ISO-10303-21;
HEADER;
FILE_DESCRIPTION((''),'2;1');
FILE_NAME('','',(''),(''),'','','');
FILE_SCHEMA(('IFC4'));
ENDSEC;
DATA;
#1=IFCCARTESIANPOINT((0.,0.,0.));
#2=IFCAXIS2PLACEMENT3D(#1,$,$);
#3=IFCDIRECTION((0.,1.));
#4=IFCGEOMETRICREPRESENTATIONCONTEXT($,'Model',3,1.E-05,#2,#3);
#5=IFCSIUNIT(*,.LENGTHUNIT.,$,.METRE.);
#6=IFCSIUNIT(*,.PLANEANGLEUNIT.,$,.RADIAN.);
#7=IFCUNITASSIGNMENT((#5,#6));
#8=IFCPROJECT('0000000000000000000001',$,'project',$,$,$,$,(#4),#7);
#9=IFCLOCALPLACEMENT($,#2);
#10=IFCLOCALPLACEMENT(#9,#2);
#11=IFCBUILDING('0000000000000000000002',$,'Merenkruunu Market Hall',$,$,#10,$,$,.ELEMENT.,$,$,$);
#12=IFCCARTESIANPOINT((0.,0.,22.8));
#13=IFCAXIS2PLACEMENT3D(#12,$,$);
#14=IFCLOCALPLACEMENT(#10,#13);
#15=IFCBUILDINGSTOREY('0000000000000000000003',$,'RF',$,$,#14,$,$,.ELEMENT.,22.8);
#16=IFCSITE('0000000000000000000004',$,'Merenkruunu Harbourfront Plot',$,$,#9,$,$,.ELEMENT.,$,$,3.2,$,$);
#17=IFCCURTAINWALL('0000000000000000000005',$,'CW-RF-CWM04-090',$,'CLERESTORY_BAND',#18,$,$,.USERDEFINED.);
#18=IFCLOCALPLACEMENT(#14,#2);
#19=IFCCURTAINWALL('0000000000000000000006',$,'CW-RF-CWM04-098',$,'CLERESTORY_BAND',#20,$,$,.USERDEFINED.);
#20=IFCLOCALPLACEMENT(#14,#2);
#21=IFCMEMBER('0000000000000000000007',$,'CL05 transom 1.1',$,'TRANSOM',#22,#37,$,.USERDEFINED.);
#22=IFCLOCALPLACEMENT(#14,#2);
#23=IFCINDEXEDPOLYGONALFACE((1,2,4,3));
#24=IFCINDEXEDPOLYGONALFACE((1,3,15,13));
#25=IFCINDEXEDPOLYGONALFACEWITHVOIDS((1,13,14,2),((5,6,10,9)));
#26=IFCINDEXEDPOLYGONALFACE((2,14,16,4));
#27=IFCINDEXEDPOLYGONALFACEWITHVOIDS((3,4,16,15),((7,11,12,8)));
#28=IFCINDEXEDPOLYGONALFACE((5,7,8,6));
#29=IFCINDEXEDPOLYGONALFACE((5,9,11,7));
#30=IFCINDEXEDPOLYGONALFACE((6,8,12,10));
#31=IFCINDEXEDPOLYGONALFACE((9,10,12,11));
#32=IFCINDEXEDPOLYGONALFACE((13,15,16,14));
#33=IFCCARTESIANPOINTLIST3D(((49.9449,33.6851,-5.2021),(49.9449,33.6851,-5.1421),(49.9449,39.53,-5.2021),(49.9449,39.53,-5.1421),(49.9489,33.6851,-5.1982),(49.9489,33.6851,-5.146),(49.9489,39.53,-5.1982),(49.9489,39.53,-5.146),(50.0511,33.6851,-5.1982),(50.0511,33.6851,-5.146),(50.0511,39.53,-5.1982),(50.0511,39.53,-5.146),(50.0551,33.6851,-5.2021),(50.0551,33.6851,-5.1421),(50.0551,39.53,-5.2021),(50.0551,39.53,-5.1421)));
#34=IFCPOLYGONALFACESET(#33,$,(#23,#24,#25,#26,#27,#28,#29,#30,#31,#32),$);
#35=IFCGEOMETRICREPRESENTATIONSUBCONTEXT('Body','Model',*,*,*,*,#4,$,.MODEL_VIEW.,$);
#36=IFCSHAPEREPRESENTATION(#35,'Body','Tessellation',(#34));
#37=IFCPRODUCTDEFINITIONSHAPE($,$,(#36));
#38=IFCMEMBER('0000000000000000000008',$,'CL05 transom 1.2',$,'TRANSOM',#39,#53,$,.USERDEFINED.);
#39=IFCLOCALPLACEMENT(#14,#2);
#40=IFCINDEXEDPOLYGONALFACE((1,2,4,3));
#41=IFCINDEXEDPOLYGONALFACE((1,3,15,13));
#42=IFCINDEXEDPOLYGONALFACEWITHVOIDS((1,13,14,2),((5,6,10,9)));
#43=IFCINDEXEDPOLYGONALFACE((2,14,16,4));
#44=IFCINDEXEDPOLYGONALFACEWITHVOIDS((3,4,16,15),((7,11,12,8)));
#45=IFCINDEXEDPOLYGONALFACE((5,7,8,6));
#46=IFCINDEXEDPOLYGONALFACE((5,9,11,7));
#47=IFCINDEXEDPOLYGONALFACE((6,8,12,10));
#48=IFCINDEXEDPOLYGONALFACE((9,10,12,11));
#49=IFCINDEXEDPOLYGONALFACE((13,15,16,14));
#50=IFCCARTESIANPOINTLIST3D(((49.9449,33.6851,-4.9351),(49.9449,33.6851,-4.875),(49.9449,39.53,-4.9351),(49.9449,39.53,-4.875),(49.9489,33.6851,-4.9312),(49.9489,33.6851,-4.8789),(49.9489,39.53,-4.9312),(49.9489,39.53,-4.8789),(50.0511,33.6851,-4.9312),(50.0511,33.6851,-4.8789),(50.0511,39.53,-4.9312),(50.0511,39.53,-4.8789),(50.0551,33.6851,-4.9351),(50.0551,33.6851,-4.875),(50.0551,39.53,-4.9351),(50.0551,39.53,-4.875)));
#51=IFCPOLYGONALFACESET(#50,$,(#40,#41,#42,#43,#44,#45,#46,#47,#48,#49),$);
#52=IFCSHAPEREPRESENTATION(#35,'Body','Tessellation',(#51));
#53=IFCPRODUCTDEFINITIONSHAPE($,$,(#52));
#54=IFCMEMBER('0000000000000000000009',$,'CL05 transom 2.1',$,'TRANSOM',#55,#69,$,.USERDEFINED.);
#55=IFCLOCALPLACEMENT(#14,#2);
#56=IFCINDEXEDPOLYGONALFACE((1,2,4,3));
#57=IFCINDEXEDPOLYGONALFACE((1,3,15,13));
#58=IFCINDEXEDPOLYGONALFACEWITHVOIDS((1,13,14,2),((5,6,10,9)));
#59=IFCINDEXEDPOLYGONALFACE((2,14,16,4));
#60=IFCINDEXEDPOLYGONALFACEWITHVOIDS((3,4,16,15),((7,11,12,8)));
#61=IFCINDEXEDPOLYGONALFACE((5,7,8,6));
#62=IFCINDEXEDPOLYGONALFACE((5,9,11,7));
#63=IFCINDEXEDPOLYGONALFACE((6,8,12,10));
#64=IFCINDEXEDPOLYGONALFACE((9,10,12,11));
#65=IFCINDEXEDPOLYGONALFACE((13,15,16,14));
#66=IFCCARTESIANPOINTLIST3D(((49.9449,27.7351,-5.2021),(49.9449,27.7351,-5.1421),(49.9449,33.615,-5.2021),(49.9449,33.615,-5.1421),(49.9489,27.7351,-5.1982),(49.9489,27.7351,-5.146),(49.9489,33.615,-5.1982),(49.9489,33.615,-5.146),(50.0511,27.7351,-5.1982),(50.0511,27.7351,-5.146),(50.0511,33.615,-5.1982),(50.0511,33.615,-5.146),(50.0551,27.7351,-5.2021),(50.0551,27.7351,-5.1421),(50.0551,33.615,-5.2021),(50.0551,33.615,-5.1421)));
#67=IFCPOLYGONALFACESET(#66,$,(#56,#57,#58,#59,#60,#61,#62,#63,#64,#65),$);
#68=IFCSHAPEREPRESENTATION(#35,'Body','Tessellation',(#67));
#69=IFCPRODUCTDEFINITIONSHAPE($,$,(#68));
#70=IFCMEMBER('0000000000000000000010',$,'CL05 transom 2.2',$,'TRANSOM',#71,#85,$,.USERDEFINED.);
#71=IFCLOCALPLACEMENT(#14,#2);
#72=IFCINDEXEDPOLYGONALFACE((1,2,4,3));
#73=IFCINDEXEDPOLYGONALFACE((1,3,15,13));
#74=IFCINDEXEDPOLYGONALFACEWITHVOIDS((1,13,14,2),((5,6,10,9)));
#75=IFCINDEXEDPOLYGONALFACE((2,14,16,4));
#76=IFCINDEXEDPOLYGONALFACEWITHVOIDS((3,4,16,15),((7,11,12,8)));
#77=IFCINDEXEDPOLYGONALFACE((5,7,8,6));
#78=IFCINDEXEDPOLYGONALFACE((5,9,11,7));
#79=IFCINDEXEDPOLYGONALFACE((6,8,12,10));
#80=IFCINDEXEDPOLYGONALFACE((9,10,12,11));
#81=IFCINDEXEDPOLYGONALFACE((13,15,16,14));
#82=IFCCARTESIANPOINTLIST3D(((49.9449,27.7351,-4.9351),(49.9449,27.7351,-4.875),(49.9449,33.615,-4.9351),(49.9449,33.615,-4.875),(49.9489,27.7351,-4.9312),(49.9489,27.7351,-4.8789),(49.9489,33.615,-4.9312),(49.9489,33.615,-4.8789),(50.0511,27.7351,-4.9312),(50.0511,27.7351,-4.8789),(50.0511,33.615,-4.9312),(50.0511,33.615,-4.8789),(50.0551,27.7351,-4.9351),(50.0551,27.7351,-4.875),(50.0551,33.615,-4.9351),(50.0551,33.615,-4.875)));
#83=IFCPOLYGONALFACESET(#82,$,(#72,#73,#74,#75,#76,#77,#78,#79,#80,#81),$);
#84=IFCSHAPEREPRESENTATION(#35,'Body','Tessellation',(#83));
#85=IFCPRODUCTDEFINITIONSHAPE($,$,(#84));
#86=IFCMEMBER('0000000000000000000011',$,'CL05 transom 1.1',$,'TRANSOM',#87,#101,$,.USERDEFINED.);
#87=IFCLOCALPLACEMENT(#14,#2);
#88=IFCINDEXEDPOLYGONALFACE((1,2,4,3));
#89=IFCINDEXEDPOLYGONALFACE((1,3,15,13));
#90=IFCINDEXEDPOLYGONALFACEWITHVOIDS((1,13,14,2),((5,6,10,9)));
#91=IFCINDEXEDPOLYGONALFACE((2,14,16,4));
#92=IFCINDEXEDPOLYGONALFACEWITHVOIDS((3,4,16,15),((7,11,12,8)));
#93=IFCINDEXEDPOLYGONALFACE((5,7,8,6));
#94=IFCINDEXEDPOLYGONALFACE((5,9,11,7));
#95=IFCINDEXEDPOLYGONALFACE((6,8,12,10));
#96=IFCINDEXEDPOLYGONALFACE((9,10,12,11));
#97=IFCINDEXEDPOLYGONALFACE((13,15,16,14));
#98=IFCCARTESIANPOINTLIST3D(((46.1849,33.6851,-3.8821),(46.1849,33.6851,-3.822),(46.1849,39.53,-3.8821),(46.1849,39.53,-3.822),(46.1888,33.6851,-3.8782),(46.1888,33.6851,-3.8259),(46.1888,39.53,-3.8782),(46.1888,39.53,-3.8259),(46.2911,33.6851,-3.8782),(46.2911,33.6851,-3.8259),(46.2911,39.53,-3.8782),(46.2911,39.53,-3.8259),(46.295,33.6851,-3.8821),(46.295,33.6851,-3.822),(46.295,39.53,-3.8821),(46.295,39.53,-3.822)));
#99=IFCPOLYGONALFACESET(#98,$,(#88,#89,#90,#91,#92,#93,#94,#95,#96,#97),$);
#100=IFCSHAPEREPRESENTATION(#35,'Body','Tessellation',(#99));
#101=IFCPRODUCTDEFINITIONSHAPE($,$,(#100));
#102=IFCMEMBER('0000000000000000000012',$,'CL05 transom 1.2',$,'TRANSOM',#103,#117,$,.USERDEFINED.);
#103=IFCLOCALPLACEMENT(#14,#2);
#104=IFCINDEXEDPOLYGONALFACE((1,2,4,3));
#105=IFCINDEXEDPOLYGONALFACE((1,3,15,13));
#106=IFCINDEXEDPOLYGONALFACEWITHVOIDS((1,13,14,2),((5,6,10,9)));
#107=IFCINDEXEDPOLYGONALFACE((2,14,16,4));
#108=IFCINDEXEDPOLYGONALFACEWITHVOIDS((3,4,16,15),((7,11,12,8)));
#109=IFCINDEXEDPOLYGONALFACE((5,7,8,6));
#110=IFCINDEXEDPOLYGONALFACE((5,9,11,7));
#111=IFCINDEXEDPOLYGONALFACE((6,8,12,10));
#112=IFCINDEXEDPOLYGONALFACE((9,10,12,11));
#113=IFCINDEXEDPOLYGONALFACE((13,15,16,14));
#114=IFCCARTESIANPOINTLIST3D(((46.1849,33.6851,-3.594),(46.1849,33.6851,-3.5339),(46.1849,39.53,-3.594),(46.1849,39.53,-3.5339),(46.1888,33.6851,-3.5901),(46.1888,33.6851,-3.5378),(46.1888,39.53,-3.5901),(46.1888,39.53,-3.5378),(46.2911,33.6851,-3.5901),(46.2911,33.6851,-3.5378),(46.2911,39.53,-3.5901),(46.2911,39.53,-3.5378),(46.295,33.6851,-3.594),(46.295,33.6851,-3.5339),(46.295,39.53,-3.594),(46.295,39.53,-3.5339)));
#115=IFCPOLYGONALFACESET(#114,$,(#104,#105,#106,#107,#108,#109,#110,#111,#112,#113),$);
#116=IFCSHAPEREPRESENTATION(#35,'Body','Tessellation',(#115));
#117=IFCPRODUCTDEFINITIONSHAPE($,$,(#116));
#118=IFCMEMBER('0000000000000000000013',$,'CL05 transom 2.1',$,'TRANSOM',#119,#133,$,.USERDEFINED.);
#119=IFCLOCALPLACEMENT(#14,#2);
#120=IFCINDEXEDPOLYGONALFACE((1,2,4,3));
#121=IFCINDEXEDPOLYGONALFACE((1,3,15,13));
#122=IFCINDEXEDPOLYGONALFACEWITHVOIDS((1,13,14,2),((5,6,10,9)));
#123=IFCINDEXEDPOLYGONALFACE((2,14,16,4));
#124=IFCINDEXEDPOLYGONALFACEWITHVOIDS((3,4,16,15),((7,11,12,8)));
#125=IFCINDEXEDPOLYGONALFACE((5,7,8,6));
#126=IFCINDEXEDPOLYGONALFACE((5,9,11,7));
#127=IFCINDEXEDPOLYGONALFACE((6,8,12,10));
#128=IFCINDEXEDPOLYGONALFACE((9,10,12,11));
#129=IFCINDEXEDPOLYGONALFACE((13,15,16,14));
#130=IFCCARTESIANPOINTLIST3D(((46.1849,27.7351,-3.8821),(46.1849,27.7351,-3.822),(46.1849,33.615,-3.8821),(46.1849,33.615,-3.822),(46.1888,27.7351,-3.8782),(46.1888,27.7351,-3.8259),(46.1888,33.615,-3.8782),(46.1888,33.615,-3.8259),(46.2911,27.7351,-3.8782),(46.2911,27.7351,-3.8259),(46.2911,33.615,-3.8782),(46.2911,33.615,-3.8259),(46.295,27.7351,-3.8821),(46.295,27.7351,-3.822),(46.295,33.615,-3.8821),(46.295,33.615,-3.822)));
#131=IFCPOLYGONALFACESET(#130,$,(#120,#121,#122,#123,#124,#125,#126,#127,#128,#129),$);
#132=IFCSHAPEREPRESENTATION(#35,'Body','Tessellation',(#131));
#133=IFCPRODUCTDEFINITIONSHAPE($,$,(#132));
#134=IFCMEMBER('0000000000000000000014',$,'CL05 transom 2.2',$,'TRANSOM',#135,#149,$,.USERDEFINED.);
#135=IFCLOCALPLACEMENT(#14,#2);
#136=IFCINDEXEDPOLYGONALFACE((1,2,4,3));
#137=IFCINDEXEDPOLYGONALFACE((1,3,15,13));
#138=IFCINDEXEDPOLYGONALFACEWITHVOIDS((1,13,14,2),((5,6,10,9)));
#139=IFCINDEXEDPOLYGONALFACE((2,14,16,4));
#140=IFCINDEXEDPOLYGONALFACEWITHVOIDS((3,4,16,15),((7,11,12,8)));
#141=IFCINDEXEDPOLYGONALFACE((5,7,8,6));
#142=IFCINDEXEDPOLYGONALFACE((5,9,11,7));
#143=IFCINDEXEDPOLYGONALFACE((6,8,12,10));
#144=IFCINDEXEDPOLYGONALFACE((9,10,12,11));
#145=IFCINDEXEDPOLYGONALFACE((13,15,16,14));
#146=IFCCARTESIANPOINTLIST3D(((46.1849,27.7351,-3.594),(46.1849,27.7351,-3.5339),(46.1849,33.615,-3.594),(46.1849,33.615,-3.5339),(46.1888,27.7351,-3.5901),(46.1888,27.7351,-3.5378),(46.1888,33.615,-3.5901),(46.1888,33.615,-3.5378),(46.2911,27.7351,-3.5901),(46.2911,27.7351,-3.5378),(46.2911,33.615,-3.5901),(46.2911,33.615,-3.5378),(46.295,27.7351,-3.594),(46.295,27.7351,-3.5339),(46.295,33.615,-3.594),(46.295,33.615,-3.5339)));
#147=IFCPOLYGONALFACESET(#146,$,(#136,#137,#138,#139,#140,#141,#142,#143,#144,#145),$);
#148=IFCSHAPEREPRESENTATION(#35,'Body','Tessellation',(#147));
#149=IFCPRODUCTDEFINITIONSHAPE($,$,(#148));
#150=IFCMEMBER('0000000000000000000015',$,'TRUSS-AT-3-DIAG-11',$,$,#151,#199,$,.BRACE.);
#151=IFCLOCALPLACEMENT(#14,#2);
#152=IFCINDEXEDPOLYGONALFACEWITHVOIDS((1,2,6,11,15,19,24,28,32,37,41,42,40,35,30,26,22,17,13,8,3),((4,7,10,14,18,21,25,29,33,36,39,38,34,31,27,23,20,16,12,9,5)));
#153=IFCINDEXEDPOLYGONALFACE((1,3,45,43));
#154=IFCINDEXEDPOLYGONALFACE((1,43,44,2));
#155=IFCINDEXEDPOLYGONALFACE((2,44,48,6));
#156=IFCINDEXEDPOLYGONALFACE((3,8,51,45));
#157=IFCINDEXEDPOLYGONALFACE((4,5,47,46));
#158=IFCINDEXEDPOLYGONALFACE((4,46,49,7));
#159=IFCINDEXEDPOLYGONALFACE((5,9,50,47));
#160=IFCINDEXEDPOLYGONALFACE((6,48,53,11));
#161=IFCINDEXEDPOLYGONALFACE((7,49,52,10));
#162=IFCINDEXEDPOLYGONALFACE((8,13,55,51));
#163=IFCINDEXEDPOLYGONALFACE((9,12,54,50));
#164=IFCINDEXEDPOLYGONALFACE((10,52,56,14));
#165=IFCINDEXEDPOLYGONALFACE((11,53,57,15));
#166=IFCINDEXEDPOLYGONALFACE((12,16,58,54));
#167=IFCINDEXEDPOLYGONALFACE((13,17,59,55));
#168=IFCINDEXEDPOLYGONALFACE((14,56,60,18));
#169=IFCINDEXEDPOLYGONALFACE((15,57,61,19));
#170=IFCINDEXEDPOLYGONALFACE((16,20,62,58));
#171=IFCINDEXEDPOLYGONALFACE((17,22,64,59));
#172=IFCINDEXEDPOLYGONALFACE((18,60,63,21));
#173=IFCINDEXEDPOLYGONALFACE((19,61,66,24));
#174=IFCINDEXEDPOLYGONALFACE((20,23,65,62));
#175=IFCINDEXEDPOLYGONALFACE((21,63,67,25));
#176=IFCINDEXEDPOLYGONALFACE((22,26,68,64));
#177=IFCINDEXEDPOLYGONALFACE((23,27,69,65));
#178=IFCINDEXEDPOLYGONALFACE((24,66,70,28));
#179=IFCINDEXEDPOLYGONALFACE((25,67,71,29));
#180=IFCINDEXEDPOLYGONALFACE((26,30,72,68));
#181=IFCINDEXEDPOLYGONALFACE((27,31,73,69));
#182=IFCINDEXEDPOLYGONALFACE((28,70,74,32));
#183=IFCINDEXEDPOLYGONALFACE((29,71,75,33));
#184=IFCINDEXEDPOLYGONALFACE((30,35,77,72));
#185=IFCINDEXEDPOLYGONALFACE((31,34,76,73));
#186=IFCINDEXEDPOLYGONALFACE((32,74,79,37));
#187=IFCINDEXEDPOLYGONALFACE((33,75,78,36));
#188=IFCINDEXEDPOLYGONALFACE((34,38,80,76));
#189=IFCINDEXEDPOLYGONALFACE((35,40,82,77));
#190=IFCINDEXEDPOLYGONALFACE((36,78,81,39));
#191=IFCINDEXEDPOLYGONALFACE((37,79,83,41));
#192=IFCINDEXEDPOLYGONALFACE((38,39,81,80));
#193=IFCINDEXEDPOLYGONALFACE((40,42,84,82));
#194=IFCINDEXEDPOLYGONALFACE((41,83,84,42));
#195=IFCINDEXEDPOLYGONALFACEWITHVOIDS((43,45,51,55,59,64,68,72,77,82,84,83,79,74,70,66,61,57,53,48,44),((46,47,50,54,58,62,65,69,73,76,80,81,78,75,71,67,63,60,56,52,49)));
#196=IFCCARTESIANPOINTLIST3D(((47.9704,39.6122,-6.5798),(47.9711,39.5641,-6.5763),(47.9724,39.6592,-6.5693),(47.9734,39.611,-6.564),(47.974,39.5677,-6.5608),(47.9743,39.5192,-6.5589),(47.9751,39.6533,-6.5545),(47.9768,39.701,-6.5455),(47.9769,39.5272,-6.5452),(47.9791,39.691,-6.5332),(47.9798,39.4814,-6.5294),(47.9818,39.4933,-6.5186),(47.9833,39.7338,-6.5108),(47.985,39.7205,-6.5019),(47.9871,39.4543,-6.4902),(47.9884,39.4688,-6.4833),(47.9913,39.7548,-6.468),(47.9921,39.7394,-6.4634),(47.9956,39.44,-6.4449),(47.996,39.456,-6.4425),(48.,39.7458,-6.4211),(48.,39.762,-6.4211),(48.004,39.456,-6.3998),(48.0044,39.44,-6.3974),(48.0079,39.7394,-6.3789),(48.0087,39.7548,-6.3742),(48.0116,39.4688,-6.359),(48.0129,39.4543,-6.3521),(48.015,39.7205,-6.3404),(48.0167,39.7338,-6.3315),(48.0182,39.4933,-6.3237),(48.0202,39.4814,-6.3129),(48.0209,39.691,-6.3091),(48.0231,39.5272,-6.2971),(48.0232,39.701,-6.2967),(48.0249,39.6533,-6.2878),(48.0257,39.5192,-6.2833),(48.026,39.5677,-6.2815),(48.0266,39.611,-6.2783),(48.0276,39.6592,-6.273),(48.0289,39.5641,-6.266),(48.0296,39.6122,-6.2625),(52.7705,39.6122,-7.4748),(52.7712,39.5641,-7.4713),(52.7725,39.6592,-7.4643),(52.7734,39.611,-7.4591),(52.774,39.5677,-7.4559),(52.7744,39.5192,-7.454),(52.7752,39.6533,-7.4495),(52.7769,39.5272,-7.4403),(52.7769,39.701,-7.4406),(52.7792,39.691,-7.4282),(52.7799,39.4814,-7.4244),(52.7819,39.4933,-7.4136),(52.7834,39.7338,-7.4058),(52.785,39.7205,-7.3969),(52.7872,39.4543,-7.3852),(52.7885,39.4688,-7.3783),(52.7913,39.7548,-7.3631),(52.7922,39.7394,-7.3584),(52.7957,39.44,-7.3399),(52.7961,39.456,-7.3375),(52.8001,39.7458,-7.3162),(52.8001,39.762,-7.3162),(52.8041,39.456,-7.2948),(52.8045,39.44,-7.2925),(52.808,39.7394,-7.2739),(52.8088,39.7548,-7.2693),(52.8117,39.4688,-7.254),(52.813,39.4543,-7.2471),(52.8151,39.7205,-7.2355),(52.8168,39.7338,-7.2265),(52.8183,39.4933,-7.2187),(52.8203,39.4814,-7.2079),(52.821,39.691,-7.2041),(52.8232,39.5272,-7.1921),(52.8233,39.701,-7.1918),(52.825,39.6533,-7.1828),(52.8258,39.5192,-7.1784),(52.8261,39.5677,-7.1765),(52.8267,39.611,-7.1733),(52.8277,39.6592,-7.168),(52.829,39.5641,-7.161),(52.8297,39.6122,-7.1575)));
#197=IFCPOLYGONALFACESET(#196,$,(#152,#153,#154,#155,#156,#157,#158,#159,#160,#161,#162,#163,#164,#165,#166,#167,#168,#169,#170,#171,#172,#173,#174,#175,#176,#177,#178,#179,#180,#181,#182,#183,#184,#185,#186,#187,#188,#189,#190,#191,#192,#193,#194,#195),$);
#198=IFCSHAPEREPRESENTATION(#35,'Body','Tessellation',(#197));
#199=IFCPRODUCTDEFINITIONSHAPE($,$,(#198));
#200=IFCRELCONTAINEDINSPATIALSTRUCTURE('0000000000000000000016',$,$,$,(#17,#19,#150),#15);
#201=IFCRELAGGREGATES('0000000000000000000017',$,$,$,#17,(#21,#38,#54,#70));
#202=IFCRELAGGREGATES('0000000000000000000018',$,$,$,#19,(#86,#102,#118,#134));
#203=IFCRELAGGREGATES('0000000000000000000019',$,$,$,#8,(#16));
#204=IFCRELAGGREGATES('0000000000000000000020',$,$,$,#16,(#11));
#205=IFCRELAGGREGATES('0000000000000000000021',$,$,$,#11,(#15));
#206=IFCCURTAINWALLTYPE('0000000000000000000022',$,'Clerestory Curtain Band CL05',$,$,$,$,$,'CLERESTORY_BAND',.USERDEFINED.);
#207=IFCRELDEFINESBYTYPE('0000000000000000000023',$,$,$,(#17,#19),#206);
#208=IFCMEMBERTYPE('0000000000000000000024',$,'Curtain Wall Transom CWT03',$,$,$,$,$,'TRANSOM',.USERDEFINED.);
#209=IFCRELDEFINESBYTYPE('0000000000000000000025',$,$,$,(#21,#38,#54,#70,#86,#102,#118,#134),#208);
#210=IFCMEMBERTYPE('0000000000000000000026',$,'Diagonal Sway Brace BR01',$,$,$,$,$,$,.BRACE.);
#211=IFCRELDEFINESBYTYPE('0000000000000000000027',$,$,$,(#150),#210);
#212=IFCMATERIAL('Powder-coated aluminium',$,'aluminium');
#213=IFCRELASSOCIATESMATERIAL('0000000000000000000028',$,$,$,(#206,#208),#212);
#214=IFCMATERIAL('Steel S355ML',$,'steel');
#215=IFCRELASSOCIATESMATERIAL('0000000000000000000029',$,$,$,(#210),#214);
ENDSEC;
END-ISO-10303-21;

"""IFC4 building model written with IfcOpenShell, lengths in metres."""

from ifc_helpers import new_model, si_unit, direction, frame, origin, origin_2d, place, context, subcontext, project, spatial, hollow_rectangle, hollow_circle, extrude, material, material_profile, profile_set, type_object, element, aggregate, save


model = new_model("IFC4")

# Units and contexts
model_context = context("Model", 3, precision=1e-05, world=origin(), true_north=direction((0.0, 1.0)))
body_context = subcontext(model_context, "Body", "Model", "MODEL_VIEW")
ifc_project = project(units=[si_unit("LENGTHUNIT", "METRE"), si_unit("PLANEANGLEUNIT", "RADIAN")], contexts=[model_context])

# Site, building, storey
site_placement = place(None, origin())
site = spatial("IfcSite", under=ifc_project, at=site_placement, Name="Merenkruunu Harbourfront Plot", CompositionType="ELEMENT", RefElevation=3.2)
building_placement = place(site_placement, origin())
building = spatial("IfcBuilding", under=site, at=building_placement, Name="Merenkruunu Market Hall", CompositionType="ELEMENT")
storey_placement = place(building_placement, frame((0.0, 0.0, 22.8)))
storey = spatial("IfcBuildingStorey", under=building, at=storey_placement, Name="RF", CompositionType="ELEMENT", Elevation=22.8)

# Shared definitions
ifc_material_1 = material(Name="Steel S355ML", Category="steel")

# Curtain walls
ifc_material_2 = material(Name="Powder-coated aluminium", Category="aluminium")
curtain_wall_type = type_object("IfcCurtainWallType", Name="Clerestory Curtain Band CL05", ElementType="CLERESTORY_BAND", PredefinedType="USERDEFINED", material=ifc_material_2)
curtain_wall_1_placement = place(storey_placement, origin())
curtain_wall_1 = element("IfcCurtainWall", 1, at=curtain_wall_1_placement, inside=storey, type_object=curtain_wall_type, Name="CW-RF-CWM04-090", ObjectType="CLERESTORY_BAND", PredefinedType="USERDEFINED")
curtain_wall_2_placement = place(storey_placement, origin())
curtain_wall_2 = element("IfcCurtainWall", 2, at=curtain_wall_2_placement, inside=storey, type_object=curtain_wall_type, Name="CW-RF-CWM04-098", ObjectType="CLERESTORY_BAND", PredefinedType="USERDEFINED")

# Members
ifc_material_profile_1 = material_profile(ifc_material_2, hollow_rectangle(XDim=0.0601, YDim=0.1101, WallThickness=0.0039, at=origin_2d()), Name="ALU 60x110x4")
ifc_profile_set_1 = profile_set([ifc_material_profile_1], Name="Powder-coated aluminium")
member_type_1 = type_object("IfcMemberType", Name="Curtain Wall Transom CWT03", ElementType="TRANSOM", PredefinedType="USERDEFINED", material=ifc_profile_set_1)
member_1_placement = place(storey_placement, frame((50.0, 39.53, -5.1721), z_axis=(0.0, -1.0, 0.0), x_axis=(0.0, 0.0, 1.0)))
member_1 = element("IfcMember", 3, at=member_1_placement, type_object=member_type_1, Name="CL05 transom 1.1", ObjectType="TRANSOM", PredefinedType="USERDEFINED", context=body_context, shape_type="SweptSolid", body=[
    extrude(hollow_rectangle(XDim=0.0601, YDim=0.1101, WallThickness=0.0039, at=origin_2d()), origin(), (0.0, 0.0, 1.0), 5.845),
])
member_2_placement = place(storey_placement, frame((50.0, 39.53, -4.905), z_axis=(0.0, -1.0, 0.0), x_axis=(0.0, 0.0, 1.0)))
member_2 = element("IfcMember", 4, at=member_2_placement, type_object=member_type_1, Name="CL05 transom 1.2", ObjectType="TRANSOM", PredefinedType="USERDEFINED", context=body_context, shape_type="SweptSolid", body=[
    extrude(hollow_rectangle(XDim=0.0601, YDim=0.1101, WallThickness=0.0039, at=origin_2d()), origin(), (0.0, 0.0, 1.0), 5.845),
])
member_3_placement = place(storey_placement, frame((50.0, 33.615, -5.1721), z_axis=(0.0, -1.0, 0.0), x_axis=(0.0, 0.0, 1.0)))
member_3 = element("IfcMember", 5, at=member_3_placement, type_object=member_type_1, Name="CL05 transom 2.1", ObjectType="TRANSOM", PredefinedType="USERDEFINED", context=body_context, shape_type="SweptSolid", body=[
    extrude(hollow_rectangle(XDim=0.0601, YDim=0.1101, WallThickness=0.0039, at=origin_2d()), origin(), (0.0, 0.0, 1.0), 5.8799),
])
member_4_placement = place(storey_placement, frame((50.0, 33.615, -4.905), z_axis=(0.0, -1.0, 0.0), x_axis=(0.0, 0.0, 1.0)))
member_4 = element("IfcMember", 6, at=member_4_placement, type_object=member_type_1, Name="CL05 transom 2.2", ObjectType="TRANSOM", PredefinedType="USERDEFINED", context=body_context, shape_type="SweptSolid", body=[
    extrude(hollow_rectangle(XDim=0.0601, YDim=0.1101, WallThickness=0.0039, at=origin_2d()), origin(), (0.0, 0.0, 1.0), 5.8799),
])
member_5_placement = place(storey_placement, frame((46.24, 39.53, -3.8521), z_axis=(0.0, -1.0, 0.0), x_axis=(0.0, 0.0, 1.0)))
member_5 = element("IfcMember", 7, at=member_5_placement, type_object=member_type_1, Name="CL05 transom 1.1", ObjectType="TRANSOM", PredefinedType="USERDEFINED", context=body_context, shape_type="SweptSolid", body=[
    extrude(hollow_rectangle(XDim=0.0601, YDim=0.1101, WallThickness=0.0039, at=origin_2d()), origin(), (0.0, 0.0, 1.0), 5.845),
])
member_6_placement = place(storey_placement, frame((46.24, 39.53, -3.564), z_axis=(0.0, -1.0, 0.0), x_axis=(0.0, 0.0, 1.0)))
member_6 = element("IfcMember", 8, at=member_6_placement, type_object=member_type_1, Name="CL05 transom 1.2", ObjectType="TRANSOM", PredefinedType="USERDEFINED", context=body_context, shape_type="SweptSolid", body=[
    extrude(hollow_rectangle(XDim=0.0601, YDim=0.1101, WallThickness=0.0039, at=origin_2d()), origin(), (0.0, 0.0, 1.0), 5.845),
])
member_7_placement = place(storey_placement, frame((46.24, 33.615, -3.8521), z_axis=(0.0, -1.0, 0.0), x_axis=(0.0, 0.0, 1.0)))
member_7 = element("IfcMember", 9, at=member_7_placement, type_object=member_type_1, Name="CL05 transom 2.1", ObjectType="TRANSOM", PredefinedType="USERDEFINED", context=body_context, shape_type="SweptSolid", body=[
    extrude(hollow_rectangle(XDim=0.0601, YDim=0.1101, WallThickness=0.0039, at=origin_2d()), origin(), (0.0, 0.0, 1.0), 5.8799),
])
member_8_placement = place(storey_placement, frame((46.24, 33.615, -3.564), z_axis=(0.0, -1.0, 0.0), x_axis=(0.0, 0.0, 1.0)))
member_8 = element("IfcMember", 10, at=member_8_placement, type_object=member_type_1, Name="CL05 transom 2.2", ObjectType="TRANSOM", PredefinedType="USERDEFINED", context=body_context, shape_type="SweptSolid", body=[
    extrude(hollow_rectangle(XDim=0.0601, YDim=0.1101, WallThickness=0.0039, at=origin_2d()), origin(), (0.0, 0.0, 1.0), 5.8799),
])

# Member
ifc_material_profile_2 = material_profile(ifc_material_1, hollow_circle(Radius=0.1619, WallThickness=0.0161, at=origin_2d()), Name="CHS 323.9x16")
ifc_profile_set_2 = profile_set([ifc_material_profile_2], Name="Steel S355ML")
member_type_2 = type_object("IfcMemberType", Name="Diagonal Sway Brace BR01", PredefinedType="BRACE", material=ifc_profile_set_2)
member_9_placement = place(storey_placement, frame((48.0, 39.6001, -6.4211), z_axis=(0.983057, 0.0, -0.183301), x_axis=(0.0, 1.0, 0.0)))
element("IfcMember", 11, at=member_9_placement, inside=storey, type_object=member_type_2, Name="TRUSS-AT-3-DIAG-11", PredefinedType="BRACE", context=body_context, shape_type="SweptSolid", body=[
    extrude(hollow_circle(Radius=0.1619, WallThickness=0.0161, at=origin_2d()), origin(), (0.0, 0.0, 1.0), 4.8828),
])

aggregate(curtain_wall_1, [member_1, member_2, member_3, member_4])
aggregate(curtain_wall_2, [member_5, member_6, member_7, member_8])

save(model, "model.ifc")
